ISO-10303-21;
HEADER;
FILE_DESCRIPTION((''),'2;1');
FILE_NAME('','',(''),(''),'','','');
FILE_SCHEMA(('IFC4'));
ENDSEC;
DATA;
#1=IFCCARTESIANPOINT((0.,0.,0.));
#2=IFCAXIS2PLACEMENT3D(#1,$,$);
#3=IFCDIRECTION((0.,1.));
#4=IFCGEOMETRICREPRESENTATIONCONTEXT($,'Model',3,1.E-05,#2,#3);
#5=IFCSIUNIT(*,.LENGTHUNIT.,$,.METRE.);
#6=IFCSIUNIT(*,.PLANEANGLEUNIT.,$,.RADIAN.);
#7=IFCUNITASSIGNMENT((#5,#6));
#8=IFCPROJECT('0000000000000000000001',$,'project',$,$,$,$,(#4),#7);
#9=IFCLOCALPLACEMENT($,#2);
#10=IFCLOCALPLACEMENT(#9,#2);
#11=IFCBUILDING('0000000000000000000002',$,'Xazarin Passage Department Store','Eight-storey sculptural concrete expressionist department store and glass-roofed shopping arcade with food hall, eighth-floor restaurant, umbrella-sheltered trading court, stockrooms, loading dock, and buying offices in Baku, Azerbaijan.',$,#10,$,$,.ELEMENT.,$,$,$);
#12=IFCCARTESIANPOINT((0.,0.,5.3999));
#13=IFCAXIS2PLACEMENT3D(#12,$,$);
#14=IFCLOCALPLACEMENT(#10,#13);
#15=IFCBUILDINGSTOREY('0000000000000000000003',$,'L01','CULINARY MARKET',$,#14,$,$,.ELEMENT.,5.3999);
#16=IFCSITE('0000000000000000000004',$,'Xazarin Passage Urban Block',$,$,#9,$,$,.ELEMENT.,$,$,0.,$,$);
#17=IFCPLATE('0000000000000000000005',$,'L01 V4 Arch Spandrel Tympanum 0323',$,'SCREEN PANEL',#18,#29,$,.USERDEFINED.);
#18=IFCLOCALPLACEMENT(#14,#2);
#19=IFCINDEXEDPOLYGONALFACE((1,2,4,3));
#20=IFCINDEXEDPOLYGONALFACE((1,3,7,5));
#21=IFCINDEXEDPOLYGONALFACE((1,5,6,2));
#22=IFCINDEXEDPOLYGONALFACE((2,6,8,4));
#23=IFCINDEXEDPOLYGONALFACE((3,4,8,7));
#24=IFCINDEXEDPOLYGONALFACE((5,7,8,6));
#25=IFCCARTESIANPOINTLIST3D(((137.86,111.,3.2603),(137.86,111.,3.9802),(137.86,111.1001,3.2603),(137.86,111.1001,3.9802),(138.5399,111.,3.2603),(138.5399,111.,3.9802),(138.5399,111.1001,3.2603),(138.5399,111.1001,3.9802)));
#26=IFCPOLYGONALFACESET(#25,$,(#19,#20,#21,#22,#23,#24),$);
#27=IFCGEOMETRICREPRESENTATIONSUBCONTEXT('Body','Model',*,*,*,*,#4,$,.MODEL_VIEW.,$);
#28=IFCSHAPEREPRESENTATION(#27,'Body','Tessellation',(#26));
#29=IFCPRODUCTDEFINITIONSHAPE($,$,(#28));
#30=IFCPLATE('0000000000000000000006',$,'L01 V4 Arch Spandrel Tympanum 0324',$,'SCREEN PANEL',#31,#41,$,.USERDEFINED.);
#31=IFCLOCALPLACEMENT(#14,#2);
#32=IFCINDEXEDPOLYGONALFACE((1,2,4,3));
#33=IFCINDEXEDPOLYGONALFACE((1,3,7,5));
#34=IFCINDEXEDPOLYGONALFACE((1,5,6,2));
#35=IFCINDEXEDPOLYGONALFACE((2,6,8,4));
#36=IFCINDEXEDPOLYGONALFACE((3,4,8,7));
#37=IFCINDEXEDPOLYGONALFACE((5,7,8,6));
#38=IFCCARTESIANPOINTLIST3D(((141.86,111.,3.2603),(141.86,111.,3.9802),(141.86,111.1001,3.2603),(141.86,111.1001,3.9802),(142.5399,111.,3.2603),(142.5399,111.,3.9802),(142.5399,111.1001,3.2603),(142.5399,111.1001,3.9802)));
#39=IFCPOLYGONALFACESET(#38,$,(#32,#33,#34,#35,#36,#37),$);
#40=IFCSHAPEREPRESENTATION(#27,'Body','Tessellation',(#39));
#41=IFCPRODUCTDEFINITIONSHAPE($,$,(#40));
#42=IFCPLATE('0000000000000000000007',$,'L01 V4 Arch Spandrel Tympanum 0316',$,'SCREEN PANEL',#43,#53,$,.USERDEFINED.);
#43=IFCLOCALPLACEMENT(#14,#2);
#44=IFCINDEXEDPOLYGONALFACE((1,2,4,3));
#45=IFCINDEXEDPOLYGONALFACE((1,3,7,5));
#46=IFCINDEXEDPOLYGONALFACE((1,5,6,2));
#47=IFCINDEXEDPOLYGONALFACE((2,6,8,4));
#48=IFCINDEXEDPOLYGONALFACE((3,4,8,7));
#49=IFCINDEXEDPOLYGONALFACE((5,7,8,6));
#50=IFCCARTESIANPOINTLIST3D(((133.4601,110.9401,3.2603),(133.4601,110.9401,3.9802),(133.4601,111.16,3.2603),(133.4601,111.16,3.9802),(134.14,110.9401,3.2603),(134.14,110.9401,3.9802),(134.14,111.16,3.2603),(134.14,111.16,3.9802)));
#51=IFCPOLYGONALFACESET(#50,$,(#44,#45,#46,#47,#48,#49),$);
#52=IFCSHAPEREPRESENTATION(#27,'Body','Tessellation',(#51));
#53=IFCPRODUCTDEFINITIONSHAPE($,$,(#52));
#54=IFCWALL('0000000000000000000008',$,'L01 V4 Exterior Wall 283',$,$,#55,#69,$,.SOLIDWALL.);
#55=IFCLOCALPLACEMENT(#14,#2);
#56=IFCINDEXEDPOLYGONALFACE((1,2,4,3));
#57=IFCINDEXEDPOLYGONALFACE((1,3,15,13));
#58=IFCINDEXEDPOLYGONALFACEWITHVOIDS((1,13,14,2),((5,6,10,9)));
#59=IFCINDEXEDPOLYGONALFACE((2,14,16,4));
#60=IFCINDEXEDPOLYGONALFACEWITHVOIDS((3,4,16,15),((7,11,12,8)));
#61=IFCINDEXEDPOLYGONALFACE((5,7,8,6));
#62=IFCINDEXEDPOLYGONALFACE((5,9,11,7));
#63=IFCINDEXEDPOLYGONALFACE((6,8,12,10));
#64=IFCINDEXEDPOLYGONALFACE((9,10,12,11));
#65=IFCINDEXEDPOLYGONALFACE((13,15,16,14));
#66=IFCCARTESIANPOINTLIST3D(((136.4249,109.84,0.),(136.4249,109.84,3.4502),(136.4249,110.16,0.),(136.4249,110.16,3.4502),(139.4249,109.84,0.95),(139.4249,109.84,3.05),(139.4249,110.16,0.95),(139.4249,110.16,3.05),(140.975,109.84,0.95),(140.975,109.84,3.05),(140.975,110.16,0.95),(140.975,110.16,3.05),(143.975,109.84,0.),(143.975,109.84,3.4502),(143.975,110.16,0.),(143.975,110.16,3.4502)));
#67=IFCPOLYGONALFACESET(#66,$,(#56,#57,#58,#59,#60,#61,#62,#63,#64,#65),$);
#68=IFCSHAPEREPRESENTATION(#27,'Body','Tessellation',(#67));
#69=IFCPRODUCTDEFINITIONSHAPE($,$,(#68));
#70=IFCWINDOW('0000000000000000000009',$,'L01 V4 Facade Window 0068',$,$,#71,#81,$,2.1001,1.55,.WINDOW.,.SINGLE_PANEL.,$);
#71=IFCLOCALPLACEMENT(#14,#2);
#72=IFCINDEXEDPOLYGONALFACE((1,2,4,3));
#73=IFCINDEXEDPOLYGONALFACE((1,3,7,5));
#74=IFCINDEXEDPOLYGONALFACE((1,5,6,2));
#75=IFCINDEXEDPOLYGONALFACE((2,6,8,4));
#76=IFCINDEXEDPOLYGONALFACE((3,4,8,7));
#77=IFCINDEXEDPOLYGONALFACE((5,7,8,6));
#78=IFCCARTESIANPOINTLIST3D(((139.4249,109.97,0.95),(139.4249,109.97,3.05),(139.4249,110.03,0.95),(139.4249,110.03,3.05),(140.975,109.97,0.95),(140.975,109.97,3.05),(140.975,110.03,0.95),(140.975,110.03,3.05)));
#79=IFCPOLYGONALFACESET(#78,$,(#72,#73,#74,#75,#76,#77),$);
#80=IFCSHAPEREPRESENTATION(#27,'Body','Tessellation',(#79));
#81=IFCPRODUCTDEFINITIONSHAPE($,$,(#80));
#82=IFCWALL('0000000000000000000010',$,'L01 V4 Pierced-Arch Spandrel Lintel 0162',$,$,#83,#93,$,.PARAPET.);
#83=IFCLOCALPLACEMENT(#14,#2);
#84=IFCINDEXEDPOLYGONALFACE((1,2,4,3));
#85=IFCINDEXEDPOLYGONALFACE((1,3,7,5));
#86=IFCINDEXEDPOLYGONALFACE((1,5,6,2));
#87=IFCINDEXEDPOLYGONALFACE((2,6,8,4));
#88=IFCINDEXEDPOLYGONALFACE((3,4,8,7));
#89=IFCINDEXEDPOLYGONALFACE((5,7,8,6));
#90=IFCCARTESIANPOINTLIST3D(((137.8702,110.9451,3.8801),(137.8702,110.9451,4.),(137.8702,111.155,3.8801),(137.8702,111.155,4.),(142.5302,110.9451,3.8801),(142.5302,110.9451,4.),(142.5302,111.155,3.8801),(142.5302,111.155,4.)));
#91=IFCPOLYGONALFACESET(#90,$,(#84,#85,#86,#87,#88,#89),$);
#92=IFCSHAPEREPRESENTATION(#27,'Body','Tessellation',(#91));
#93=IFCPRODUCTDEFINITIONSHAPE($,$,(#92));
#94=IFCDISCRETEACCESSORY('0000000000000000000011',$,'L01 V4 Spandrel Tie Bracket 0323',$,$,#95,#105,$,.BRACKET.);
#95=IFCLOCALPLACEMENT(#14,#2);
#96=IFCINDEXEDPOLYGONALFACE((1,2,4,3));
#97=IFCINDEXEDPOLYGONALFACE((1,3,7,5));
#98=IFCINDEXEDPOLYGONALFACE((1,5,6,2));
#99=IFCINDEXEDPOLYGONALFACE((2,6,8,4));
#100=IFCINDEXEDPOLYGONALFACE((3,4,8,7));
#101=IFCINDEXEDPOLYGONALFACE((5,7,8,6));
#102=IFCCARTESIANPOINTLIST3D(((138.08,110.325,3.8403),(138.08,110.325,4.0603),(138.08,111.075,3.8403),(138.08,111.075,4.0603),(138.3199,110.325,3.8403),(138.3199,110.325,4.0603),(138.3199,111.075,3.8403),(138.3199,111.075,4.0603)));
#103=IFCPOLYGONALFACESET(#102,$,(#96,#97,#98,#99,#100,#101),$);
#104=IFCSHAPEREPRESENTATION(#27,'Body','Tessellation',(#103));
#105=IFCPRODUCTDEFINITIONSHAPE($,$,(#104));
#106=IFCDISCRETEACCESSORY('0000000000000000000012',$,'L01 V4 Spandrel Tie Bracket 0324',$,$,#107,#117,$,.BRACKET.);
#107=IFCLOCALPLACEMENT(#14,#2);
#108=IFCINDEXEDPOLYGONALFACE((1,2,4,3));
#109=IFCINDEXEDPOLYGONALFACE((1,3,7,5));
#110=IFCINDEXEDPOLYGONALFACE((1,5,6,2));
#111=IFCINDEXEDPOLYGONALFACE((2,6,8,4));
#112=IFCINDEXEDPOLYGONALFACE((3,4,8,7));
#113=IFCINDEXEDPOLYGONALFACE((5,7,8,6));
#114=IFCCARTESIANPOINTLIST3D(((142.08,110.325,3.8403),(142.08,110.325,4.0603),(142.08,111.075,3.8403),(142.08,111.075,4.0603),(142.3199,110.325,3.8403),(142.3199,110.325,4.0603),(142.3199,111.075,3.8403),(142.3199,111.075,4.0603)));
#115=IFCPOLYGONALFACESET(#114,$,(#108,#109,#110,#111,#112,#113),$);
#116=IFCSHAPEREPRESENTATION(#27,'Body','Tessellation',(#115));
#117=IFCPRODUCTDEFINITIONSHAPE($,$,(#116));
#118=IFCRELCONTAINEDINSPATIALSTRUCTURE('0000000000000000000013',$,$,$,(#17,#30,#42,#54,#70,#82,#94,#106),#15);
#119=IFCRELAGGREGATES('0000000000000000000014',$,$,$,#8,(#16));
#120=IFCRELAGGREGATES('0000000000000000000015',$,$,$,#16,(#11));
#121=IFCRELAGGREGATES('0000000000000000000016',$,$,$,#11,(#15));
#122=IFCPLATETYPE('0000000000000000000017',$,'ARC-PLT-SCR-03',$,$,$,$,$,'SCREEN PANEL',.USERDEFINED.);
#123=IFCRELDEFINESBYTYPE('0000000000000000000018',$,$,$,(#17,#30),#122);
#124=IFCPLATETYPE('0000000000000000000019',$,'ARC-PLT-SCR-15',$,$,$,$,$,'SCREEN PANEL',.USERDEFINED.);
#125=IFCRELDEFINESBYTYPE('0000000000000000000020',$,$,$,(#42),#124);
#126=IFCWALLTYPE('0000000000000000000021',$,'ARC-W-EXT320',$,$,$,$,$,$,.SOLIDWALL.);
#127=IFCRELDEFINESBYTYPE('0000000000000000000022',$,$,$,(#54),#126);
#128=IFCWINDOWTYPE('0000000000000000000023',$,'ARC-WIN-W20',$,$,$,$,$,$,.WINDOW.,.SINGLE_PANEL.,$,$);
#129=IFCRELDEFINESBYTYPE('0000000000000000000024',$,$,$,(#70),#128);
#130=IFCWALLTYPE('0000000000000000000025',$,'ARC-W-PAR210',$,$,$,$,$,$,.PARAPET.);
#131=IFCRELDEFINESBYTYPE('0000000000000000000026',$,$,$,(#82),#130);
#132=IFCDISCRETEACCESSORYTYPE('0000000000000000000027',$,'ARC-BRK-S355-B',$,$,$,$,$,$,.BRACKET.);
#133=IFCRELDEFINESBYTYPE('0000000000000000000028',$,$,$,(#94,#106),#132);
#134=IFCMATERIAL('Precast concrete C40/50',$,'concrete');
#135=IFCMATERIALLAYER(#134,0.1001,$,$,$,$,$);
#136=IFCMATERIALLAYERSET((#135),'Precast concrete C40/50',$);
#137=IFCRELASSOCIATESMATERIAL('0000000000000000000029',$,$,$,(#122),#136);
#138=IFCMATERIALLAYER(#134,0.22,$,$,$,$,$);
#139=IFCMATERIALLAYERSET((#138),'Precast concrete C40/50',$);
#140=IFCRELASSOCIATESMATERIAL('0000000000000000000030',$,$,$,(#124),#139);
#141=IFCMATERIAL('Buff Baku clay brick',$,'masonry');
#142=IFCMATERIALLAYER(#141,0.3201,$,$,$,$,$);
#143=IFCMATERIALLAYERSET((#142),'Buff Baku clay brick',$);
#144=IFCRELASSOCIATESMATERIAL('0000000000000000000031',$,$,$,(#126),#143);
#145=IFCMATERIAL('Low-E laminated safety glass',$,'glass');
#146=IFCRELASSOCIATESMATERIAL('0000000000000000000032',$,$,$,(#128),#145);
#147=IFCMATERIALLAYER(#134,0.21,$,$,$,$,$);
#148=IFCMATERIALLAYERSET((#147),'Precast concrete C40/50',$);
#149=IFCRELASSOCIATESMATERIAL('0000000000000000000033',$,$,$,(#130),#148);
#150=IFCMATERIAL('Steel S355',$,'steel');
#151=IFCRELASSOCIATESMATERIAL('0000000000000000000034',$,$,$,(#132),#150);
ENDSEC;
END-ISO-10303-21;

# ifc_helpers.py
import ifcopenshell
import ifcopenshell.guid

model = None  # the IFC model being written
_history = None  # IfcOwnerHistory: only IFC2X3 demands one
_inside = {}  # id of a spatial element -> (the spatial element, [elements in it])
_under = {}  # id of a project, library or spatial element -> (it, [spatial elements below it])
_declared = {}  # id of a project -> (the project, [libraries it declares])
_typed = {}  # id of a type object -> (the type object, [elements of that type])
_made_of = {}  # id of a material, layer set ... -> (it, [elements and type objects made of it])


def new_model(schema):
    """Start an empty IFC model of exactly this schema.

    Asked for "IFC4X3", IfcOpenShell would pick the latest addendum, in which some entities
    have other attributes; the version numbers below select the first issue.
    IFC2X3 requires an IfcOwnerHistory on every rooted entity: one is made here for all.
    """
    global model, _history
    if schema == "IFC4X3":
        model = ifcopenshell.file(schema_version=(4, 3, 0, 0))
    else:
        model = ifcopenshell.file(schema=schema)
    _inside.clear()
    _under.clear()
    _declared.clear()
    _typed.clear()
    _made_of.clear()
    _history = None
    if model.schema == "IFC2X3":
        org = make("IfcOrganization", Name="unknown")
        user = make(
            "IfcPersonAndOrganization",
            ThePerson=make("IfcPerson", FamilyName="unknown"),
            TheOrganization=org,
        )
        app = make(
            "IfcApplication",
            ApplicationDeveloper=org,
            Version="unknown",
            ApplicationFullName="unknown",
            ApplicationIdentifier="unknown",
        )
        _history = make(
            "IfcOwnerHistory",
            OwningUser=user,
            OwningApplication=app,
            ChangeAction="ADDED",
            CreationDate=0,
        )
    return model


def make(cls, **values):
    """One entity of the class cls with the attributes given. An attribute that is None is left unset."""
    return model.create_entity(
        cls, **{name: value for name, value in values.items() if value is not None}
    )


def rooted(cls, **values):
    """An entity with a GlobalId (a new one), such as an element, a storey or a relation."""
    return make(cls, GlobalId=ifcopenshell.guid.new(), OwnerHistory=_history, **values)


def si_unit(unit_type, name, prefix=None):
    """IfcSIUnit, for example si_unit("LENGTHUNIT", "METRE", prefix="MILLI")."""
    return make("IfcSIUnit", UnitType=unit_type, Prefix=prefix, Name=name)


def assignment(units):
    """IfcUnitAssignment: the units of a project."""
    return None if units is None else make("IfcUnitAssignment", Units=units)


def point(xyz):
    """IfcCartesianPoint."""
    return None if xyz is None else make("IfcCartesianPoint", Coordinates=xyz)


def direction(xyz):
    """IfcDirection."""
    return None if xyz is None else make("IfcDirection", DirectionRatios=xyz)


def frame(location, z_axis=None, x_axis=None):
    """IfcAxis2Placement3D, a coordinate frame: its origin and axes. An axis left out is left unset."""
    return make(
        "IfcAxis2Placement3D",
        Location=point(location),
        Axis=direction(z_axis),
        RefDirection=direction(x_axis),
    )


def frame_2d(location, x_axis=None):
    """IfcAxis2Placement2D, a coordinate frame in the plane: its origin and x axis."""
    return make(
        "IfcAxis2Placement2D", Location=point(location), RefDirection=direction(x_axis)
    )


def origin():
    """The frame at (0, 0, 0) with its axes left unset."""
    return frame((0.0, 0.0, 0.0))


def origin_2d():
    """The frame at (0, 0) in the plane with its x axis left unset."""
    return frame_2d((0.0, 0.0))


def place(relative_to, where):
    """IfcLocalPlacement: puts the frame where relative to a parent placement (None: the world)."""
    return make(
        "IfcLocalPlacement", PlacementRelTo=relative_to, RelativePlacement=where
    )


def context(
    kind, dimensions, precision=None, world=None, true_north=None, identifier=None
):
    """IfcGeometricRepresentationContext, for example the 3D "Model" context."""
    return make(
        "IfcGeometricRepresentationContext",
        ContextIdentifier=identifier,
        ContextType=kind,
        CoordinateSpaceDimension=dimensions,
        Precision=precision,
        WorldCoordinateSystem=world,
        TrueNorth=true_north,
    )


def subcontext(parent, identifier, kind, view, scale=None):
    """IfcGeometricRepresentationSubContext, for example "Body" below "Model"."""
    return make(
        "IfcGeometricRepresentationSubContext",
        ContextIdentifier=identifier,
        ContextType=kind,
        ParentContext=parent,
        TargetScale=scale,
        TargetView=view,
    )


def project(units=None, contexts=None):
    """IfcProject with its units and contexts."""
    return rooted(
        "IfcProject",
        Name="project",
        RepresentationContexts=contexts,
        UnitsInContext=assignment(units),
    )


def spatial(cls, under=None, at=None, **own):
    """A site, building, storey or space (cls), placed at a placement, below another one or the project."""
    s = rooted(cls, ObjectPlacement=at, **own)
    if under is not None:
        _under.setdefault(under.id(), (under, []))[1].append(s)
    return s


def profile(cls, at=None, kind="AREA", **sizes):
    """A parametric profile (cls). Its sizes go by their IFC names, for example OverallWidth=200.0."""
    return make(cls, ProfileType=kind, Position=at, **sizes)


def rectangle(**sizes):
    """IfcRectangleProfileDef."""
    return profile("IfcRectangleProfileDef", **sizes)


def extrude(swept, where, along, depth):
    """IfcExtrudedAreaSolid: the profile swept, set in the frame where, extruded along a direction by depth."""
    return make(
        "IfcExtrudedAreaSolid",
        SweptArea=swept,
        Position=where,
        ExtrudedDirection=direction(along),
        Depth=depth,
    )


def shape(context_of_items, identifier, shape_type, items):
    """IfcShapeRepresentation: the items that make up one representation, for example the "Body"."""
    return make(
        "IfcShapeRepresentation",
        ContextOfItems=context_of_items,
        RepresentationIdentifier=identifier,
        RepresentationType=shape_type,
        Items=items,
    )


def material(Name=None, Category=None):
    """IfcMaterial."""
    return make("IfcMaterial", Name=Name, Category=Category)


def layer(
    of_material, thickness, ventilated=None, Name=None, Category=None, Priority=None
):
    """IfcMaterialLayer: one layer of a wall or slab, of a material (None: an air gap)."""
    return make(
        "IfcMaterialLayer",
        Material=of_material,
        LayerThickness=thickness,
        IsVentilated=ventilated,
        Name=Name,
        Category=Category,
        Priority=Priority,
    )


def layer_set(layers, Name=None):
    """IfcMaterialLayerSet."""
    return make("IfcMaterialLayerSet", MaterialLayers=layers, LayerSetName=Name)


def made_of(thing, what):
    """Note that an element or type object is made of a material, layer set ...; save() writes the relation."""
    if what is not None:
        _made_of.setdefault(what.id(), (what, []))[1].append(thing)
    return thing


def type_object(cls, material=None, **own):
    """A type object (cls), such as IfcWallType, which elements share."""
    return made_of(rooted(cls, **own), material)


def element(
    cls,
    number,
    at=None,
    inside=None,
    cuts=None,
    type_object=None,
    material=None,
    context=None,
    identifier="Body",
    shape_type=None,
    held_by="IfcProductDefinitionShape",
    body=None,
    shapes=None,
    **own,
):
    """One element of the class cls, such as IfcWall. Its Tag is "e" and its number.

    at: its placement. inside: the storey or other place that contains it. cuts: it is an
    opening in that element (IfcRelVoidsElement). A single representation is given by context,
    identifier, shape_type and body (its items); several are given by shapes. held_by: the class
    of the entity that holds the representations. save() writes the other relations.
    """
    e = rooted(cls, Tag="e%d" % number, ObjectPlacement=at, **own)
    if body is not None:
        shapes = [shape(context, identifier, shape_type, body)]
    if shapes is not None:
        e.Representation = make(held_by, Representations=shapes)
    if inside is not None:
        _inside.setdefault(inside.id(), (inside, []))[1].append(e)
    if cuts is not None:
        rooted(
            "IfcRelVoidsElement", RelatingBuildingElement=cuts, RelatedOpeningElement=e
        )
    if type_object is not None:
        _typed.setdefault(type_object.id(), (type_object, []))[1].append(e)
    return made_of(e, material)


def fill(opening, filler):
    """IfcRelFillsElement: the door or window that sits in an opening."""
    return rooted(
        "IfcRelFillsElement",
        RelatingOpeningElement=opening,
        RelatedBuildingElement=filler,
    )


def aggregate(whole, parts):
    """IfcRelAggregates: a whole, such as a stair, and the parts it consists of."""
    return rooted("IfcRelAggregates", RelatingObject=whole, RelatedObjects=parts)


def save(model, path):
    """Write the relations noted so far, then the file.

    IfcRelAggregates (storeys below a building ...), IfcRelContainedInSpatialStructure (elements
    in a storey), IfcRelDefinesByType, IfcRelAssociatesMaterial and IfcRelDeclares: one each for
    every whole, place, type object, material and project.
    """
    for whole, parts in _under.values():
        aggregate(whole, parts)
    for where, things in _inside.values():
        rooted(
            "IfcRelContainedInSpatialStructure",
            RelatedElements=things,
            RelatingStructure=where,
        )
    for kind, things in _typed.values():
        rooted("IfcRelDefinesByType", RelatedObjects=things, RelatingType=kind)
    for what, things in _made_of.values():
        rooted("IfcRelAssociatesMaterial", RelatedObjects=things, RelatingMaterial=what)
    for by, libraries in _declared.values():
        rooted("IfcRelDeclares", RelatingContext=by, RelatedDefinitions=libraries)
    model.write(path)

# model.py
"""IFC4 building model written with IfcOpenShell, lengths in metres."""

from ifc_helpers import new_model, si_unit, direction, frame, frame_2d, origin, origin_2d, place, context, subcontext, project, spatial, rectangle, extrude, material, layer, layer_set, type_object, element, fill, save


model = new_model("IFC4")

# Units and contexts
model_context = context("Model", 3, precision=1e-05, world=origin(), true_north=direction((0.0, 1.0)))
body_context = subcontext(model_context, "Body", "Model", "MODEL_VIEW")
ifc_project = project(units=[si_unit("LENGTHUNIT", "METRE"), si_unit("PLANEANGLEUNIT", "RADIAN")], contexts=[model_context])

# Site, building, storey
site_placement = place(None, origin())
site = spatial("IfcSite", under=ifc_project, at=site_placement, Name="Xazarin Passage Urban Block", CompositionType="ELEMENT", RefElevation=0.0)
building_placement = place(site_placement, origin())
building = spatial("IfcBuilding", under=site, at=building_placement, Name="Xazarin Passage Department Store", Description="Eight-storey sculptural concrete expressionist department store and glass-roofed shopping arcade with food hall, eighth-floor restaurant, umbrella-sheltered trading court, stockrooms, loading dock, and buying offices in Baku, Azerbaijan.", CompositionType="ELEMENT")
storey_placement = place(building_placement, frame((0.0, 0.0, 5.3999)))
storey = spatial("IfcBuildingStorey", under=building, at=storey_placement, Name="L01", Description="CULINARY MARKET", CompositionType="ELEMENT", Elevation=5.3999)

# Plates
ifc_material_1 = material(Name="Precast concrete C40/50", Category="concrete")
ifc_layer_1 = layer(ifc_material_1, 0.1001)
ifc_layer_set_1 = layer_set([ifc_layer_1], Name="Precast concrete C40/50")
plate_type_1 = type_object("IfcPlateType", Name="ARC-PLT-SCR-03", ElementType="SCREEN PANEL", PredefinedType="USERDEFINED", material=ifc_layer_set_1)
for number, where, z_axis, x_axis, name in (
    (1, (138.2, 111.05, 3.2603), (0.0, 0.0, 1.0), (1.0, 0.0, 0.0), "L01 V4 Arch Spandrel Tympanum 0323"),
    (2, (142.2, 111.05, 3.2603), (0.0, 0.0, 1.0), (1.0, 0.0, 0.0), "L01 V4 Arch Spandrel Tympanum 0324"),
):
    element("IfcPlate", number, at=place(storey_placement, frame(where, z_axis=z_axis, x_axis=x_axis)), inside=storey, type_object=plate_type_1, Name=name, ObjectType="SCREEN PANEL", PredefinedType="USERDEFINED", context=body_context, shape_type="SweptSolid", body=[
        extrude(rectangle(XDim=0.6799, YDim=0.1001, at=origin_2d()), origin(), (0.0, 0.0, 1.0), 0.72),
    ])
ifc_layer_2 = layer(ifc_material_1, 0.22)
ifc_layer_set_2 = layer_set([ifc_layer_2], Name="Precast concrete C40/50")
plate_type_2 = type_object("IfcPlateType", Name="ARC-PLT-SCR-15", ElementType="SCREEN PANEL", PredefinedType="USERDEFINED", material=ifc_layer_set_2)
plate_placement = place(storey_placement, frame((133.8, 111.05, 3.2603), z_axis=(0.0, 0.0, 1.0), x_axis=(1.0, 0.0, 0.0)))
element("IfcPlate", 3, at=plate_placement, inside=storey, type_object=plate_type_2, Name="L01 V4 Arch Spandrel Tympanum 0316", ObjectType="SCREEN PANEL", PredefinedType="USERDEFINED", context=body_context, shape_type="SweptSolid", body=[
    extrude(rectangle(XDim=0.6799, YDim=0.22, at=origin_2d()), origin(), (0.0, 0.0, 1.0), 0.72),
])

# Wall, opening, window
ifc_material_2 = material(Name="Buff Baku clay brick", Category="masonry")
ifc_layer_3 = layer(ifc_material_2, 0.3201)
ifc_layer_set_3 = layer_set([ifc_layer_3], Name="Buff Baku clay brick")
wall_type_1 = type_object("IfcWallType", Name="ARC-W-EXT320", PredefinedType="SOLIDWALL", material=ifc_layer_set_3)
wall_1_placement = place(storey_placement, frame((136.425, 110.0, 0.0), z_axis=(0.0, 0.0, 1.0), x_axis=(1.0, 0.0, 0.0)))
wall_1 = element("IfcWall", 4, at=wall_1_placement, inside=storey, type_object=wall_type_1, Name="L01 V4 Exterior Wall 283", PredefinedType="SOLIDWALL", context=body_context, shape_type="SweptSolid", body=[
    extrude(rectangle(XDim=7.55, YDim=0.3201, at=frame_2d((3.7749, 0.0))), origin(), (0.0, 0.0, 1.0), 3.4502),
])
opening_placement = place(wall_1_placement, frame((3.0, 0.0, 0.95)))
opening = element("IfcOpeningElement", 5, at=opening_placement, cuts=wall_1, PredefinedType="OPENING", context=body_context, shape_type="SweptSolid", body=[
    extrude(rectangle(XDim=1.55, YDim=2.1001, at=frame_2d((0.7749, 1.05))), frame((0.0, 0.1699, 0.0), z_axis=(0.0, -1.0, 0.0), x_axis=(1.0, 0.0, 0.0)), (0.0, 0.0, 1.0), 0.3401),
])
ifc_material_3 = material(Name="Low-E laminated safety glass", Category="glass")
window_type = type_object("IfcWindowType", Name="ARC-WIN-W20", PartitioningType="SINGLE_PANEL", PredefinedType="WINDOW", material=ifc_material_3)
window_placement = place(opening_placement, origin())
window = element("IfcWindow", 6, at=window_placement, inside=storey, type_object=window_type, Name="L01 V4 Facade Window 0068", OverallHeight=2.1001, OverallWidth=1.55, PartitioningType="SINGLE_PANEL", PredefinedType="WINDOW", context=body_context, shape_type="SweptSolid", body=[
    extrude(rectangle(XDim=1.55, YDim=2.1001, at=frame_2d((0.7749, 1.05))), frame((0.0, 0.03, 0.0), z_axis=(0.0, -1.0, 0.0), x_axis=(1.0, 0.0, 0.0)), (0.0, 0.0, 1.0), 0.0601),
])
fill(opening, window)

# Wall
ifc_layer_4 = layer(ifc_material_1, 0.21)
ifc_layer_set_4 = layer_set([ifc_layer_4], Name="Precast concrete C40/50")
wall_type_2 = type_object("IfcWallType", Name="ARC-W-PAR210", PredefinedType="PARAPET", material=ifc_layer_set_4)
wall_2_placement = place(storey_placement, frame((137.8701, 111.05, 3.8801), z_axis=(0.0, 0.0, 1.0), x_axis=(1.0, 0.0, 0.0)))
element("IfcWall", 7, at=wall_2_placement, inside=storey, type_object=wall_type_2, Name="L01 V4 Pierced-Arch Spandrel Lintel 0162", PredefinedType="PARAPET", context=body_context, shape_type="SweptSolid", body=[
    extrude(rectangle(XDim=4.6599, YDim=0.21, at=frame_2d((2.3301, 0.0))), origin(), (0.0, 0.0, 1.0), 0.1199),
])

# Discrete accessories
ifc_material_4 = material(Name="Steel S355", Category="steel")
discrete_accessory_type = type_object("IfcDiscreteAccessoryType", Name="ARC-BRK-S355-B", PredefinedType="BRACKET", material=ifc_material_4)
for number, where, z_axis, x_axis, name in (
    (8, (138.2, 110.7, 3.8403), (0.0, 0.0, 1.0), (1.0, 0.0, 0.0), "L01 V4 Spandrel Tie Bracket 0323"),
    (9, (142.2, 110.7, 3.8403), (0.0, 0.0, 1.0), (1.0, 0.0, 0.0), "L01 V4 Spandrel Tie Bracket 0324"),
):
    element("IfcDiscreteAccessory", number, at=place(storey_placement, frame(where, z_axis=z_axis, x_axis=x_axis)), inside=storey, type_object=discrete_accessory_type, Name=name, PredefinedType="BRACKET", context=body_context, shape_type="SweptSolid", body=[
        extrude(rectangle(XDim=0.24, YDim=0.75, at=origin_2d()), origin(), (0.0, 0.0, 1.0), 0.22),
    ])

save(model, "model.ifc")
